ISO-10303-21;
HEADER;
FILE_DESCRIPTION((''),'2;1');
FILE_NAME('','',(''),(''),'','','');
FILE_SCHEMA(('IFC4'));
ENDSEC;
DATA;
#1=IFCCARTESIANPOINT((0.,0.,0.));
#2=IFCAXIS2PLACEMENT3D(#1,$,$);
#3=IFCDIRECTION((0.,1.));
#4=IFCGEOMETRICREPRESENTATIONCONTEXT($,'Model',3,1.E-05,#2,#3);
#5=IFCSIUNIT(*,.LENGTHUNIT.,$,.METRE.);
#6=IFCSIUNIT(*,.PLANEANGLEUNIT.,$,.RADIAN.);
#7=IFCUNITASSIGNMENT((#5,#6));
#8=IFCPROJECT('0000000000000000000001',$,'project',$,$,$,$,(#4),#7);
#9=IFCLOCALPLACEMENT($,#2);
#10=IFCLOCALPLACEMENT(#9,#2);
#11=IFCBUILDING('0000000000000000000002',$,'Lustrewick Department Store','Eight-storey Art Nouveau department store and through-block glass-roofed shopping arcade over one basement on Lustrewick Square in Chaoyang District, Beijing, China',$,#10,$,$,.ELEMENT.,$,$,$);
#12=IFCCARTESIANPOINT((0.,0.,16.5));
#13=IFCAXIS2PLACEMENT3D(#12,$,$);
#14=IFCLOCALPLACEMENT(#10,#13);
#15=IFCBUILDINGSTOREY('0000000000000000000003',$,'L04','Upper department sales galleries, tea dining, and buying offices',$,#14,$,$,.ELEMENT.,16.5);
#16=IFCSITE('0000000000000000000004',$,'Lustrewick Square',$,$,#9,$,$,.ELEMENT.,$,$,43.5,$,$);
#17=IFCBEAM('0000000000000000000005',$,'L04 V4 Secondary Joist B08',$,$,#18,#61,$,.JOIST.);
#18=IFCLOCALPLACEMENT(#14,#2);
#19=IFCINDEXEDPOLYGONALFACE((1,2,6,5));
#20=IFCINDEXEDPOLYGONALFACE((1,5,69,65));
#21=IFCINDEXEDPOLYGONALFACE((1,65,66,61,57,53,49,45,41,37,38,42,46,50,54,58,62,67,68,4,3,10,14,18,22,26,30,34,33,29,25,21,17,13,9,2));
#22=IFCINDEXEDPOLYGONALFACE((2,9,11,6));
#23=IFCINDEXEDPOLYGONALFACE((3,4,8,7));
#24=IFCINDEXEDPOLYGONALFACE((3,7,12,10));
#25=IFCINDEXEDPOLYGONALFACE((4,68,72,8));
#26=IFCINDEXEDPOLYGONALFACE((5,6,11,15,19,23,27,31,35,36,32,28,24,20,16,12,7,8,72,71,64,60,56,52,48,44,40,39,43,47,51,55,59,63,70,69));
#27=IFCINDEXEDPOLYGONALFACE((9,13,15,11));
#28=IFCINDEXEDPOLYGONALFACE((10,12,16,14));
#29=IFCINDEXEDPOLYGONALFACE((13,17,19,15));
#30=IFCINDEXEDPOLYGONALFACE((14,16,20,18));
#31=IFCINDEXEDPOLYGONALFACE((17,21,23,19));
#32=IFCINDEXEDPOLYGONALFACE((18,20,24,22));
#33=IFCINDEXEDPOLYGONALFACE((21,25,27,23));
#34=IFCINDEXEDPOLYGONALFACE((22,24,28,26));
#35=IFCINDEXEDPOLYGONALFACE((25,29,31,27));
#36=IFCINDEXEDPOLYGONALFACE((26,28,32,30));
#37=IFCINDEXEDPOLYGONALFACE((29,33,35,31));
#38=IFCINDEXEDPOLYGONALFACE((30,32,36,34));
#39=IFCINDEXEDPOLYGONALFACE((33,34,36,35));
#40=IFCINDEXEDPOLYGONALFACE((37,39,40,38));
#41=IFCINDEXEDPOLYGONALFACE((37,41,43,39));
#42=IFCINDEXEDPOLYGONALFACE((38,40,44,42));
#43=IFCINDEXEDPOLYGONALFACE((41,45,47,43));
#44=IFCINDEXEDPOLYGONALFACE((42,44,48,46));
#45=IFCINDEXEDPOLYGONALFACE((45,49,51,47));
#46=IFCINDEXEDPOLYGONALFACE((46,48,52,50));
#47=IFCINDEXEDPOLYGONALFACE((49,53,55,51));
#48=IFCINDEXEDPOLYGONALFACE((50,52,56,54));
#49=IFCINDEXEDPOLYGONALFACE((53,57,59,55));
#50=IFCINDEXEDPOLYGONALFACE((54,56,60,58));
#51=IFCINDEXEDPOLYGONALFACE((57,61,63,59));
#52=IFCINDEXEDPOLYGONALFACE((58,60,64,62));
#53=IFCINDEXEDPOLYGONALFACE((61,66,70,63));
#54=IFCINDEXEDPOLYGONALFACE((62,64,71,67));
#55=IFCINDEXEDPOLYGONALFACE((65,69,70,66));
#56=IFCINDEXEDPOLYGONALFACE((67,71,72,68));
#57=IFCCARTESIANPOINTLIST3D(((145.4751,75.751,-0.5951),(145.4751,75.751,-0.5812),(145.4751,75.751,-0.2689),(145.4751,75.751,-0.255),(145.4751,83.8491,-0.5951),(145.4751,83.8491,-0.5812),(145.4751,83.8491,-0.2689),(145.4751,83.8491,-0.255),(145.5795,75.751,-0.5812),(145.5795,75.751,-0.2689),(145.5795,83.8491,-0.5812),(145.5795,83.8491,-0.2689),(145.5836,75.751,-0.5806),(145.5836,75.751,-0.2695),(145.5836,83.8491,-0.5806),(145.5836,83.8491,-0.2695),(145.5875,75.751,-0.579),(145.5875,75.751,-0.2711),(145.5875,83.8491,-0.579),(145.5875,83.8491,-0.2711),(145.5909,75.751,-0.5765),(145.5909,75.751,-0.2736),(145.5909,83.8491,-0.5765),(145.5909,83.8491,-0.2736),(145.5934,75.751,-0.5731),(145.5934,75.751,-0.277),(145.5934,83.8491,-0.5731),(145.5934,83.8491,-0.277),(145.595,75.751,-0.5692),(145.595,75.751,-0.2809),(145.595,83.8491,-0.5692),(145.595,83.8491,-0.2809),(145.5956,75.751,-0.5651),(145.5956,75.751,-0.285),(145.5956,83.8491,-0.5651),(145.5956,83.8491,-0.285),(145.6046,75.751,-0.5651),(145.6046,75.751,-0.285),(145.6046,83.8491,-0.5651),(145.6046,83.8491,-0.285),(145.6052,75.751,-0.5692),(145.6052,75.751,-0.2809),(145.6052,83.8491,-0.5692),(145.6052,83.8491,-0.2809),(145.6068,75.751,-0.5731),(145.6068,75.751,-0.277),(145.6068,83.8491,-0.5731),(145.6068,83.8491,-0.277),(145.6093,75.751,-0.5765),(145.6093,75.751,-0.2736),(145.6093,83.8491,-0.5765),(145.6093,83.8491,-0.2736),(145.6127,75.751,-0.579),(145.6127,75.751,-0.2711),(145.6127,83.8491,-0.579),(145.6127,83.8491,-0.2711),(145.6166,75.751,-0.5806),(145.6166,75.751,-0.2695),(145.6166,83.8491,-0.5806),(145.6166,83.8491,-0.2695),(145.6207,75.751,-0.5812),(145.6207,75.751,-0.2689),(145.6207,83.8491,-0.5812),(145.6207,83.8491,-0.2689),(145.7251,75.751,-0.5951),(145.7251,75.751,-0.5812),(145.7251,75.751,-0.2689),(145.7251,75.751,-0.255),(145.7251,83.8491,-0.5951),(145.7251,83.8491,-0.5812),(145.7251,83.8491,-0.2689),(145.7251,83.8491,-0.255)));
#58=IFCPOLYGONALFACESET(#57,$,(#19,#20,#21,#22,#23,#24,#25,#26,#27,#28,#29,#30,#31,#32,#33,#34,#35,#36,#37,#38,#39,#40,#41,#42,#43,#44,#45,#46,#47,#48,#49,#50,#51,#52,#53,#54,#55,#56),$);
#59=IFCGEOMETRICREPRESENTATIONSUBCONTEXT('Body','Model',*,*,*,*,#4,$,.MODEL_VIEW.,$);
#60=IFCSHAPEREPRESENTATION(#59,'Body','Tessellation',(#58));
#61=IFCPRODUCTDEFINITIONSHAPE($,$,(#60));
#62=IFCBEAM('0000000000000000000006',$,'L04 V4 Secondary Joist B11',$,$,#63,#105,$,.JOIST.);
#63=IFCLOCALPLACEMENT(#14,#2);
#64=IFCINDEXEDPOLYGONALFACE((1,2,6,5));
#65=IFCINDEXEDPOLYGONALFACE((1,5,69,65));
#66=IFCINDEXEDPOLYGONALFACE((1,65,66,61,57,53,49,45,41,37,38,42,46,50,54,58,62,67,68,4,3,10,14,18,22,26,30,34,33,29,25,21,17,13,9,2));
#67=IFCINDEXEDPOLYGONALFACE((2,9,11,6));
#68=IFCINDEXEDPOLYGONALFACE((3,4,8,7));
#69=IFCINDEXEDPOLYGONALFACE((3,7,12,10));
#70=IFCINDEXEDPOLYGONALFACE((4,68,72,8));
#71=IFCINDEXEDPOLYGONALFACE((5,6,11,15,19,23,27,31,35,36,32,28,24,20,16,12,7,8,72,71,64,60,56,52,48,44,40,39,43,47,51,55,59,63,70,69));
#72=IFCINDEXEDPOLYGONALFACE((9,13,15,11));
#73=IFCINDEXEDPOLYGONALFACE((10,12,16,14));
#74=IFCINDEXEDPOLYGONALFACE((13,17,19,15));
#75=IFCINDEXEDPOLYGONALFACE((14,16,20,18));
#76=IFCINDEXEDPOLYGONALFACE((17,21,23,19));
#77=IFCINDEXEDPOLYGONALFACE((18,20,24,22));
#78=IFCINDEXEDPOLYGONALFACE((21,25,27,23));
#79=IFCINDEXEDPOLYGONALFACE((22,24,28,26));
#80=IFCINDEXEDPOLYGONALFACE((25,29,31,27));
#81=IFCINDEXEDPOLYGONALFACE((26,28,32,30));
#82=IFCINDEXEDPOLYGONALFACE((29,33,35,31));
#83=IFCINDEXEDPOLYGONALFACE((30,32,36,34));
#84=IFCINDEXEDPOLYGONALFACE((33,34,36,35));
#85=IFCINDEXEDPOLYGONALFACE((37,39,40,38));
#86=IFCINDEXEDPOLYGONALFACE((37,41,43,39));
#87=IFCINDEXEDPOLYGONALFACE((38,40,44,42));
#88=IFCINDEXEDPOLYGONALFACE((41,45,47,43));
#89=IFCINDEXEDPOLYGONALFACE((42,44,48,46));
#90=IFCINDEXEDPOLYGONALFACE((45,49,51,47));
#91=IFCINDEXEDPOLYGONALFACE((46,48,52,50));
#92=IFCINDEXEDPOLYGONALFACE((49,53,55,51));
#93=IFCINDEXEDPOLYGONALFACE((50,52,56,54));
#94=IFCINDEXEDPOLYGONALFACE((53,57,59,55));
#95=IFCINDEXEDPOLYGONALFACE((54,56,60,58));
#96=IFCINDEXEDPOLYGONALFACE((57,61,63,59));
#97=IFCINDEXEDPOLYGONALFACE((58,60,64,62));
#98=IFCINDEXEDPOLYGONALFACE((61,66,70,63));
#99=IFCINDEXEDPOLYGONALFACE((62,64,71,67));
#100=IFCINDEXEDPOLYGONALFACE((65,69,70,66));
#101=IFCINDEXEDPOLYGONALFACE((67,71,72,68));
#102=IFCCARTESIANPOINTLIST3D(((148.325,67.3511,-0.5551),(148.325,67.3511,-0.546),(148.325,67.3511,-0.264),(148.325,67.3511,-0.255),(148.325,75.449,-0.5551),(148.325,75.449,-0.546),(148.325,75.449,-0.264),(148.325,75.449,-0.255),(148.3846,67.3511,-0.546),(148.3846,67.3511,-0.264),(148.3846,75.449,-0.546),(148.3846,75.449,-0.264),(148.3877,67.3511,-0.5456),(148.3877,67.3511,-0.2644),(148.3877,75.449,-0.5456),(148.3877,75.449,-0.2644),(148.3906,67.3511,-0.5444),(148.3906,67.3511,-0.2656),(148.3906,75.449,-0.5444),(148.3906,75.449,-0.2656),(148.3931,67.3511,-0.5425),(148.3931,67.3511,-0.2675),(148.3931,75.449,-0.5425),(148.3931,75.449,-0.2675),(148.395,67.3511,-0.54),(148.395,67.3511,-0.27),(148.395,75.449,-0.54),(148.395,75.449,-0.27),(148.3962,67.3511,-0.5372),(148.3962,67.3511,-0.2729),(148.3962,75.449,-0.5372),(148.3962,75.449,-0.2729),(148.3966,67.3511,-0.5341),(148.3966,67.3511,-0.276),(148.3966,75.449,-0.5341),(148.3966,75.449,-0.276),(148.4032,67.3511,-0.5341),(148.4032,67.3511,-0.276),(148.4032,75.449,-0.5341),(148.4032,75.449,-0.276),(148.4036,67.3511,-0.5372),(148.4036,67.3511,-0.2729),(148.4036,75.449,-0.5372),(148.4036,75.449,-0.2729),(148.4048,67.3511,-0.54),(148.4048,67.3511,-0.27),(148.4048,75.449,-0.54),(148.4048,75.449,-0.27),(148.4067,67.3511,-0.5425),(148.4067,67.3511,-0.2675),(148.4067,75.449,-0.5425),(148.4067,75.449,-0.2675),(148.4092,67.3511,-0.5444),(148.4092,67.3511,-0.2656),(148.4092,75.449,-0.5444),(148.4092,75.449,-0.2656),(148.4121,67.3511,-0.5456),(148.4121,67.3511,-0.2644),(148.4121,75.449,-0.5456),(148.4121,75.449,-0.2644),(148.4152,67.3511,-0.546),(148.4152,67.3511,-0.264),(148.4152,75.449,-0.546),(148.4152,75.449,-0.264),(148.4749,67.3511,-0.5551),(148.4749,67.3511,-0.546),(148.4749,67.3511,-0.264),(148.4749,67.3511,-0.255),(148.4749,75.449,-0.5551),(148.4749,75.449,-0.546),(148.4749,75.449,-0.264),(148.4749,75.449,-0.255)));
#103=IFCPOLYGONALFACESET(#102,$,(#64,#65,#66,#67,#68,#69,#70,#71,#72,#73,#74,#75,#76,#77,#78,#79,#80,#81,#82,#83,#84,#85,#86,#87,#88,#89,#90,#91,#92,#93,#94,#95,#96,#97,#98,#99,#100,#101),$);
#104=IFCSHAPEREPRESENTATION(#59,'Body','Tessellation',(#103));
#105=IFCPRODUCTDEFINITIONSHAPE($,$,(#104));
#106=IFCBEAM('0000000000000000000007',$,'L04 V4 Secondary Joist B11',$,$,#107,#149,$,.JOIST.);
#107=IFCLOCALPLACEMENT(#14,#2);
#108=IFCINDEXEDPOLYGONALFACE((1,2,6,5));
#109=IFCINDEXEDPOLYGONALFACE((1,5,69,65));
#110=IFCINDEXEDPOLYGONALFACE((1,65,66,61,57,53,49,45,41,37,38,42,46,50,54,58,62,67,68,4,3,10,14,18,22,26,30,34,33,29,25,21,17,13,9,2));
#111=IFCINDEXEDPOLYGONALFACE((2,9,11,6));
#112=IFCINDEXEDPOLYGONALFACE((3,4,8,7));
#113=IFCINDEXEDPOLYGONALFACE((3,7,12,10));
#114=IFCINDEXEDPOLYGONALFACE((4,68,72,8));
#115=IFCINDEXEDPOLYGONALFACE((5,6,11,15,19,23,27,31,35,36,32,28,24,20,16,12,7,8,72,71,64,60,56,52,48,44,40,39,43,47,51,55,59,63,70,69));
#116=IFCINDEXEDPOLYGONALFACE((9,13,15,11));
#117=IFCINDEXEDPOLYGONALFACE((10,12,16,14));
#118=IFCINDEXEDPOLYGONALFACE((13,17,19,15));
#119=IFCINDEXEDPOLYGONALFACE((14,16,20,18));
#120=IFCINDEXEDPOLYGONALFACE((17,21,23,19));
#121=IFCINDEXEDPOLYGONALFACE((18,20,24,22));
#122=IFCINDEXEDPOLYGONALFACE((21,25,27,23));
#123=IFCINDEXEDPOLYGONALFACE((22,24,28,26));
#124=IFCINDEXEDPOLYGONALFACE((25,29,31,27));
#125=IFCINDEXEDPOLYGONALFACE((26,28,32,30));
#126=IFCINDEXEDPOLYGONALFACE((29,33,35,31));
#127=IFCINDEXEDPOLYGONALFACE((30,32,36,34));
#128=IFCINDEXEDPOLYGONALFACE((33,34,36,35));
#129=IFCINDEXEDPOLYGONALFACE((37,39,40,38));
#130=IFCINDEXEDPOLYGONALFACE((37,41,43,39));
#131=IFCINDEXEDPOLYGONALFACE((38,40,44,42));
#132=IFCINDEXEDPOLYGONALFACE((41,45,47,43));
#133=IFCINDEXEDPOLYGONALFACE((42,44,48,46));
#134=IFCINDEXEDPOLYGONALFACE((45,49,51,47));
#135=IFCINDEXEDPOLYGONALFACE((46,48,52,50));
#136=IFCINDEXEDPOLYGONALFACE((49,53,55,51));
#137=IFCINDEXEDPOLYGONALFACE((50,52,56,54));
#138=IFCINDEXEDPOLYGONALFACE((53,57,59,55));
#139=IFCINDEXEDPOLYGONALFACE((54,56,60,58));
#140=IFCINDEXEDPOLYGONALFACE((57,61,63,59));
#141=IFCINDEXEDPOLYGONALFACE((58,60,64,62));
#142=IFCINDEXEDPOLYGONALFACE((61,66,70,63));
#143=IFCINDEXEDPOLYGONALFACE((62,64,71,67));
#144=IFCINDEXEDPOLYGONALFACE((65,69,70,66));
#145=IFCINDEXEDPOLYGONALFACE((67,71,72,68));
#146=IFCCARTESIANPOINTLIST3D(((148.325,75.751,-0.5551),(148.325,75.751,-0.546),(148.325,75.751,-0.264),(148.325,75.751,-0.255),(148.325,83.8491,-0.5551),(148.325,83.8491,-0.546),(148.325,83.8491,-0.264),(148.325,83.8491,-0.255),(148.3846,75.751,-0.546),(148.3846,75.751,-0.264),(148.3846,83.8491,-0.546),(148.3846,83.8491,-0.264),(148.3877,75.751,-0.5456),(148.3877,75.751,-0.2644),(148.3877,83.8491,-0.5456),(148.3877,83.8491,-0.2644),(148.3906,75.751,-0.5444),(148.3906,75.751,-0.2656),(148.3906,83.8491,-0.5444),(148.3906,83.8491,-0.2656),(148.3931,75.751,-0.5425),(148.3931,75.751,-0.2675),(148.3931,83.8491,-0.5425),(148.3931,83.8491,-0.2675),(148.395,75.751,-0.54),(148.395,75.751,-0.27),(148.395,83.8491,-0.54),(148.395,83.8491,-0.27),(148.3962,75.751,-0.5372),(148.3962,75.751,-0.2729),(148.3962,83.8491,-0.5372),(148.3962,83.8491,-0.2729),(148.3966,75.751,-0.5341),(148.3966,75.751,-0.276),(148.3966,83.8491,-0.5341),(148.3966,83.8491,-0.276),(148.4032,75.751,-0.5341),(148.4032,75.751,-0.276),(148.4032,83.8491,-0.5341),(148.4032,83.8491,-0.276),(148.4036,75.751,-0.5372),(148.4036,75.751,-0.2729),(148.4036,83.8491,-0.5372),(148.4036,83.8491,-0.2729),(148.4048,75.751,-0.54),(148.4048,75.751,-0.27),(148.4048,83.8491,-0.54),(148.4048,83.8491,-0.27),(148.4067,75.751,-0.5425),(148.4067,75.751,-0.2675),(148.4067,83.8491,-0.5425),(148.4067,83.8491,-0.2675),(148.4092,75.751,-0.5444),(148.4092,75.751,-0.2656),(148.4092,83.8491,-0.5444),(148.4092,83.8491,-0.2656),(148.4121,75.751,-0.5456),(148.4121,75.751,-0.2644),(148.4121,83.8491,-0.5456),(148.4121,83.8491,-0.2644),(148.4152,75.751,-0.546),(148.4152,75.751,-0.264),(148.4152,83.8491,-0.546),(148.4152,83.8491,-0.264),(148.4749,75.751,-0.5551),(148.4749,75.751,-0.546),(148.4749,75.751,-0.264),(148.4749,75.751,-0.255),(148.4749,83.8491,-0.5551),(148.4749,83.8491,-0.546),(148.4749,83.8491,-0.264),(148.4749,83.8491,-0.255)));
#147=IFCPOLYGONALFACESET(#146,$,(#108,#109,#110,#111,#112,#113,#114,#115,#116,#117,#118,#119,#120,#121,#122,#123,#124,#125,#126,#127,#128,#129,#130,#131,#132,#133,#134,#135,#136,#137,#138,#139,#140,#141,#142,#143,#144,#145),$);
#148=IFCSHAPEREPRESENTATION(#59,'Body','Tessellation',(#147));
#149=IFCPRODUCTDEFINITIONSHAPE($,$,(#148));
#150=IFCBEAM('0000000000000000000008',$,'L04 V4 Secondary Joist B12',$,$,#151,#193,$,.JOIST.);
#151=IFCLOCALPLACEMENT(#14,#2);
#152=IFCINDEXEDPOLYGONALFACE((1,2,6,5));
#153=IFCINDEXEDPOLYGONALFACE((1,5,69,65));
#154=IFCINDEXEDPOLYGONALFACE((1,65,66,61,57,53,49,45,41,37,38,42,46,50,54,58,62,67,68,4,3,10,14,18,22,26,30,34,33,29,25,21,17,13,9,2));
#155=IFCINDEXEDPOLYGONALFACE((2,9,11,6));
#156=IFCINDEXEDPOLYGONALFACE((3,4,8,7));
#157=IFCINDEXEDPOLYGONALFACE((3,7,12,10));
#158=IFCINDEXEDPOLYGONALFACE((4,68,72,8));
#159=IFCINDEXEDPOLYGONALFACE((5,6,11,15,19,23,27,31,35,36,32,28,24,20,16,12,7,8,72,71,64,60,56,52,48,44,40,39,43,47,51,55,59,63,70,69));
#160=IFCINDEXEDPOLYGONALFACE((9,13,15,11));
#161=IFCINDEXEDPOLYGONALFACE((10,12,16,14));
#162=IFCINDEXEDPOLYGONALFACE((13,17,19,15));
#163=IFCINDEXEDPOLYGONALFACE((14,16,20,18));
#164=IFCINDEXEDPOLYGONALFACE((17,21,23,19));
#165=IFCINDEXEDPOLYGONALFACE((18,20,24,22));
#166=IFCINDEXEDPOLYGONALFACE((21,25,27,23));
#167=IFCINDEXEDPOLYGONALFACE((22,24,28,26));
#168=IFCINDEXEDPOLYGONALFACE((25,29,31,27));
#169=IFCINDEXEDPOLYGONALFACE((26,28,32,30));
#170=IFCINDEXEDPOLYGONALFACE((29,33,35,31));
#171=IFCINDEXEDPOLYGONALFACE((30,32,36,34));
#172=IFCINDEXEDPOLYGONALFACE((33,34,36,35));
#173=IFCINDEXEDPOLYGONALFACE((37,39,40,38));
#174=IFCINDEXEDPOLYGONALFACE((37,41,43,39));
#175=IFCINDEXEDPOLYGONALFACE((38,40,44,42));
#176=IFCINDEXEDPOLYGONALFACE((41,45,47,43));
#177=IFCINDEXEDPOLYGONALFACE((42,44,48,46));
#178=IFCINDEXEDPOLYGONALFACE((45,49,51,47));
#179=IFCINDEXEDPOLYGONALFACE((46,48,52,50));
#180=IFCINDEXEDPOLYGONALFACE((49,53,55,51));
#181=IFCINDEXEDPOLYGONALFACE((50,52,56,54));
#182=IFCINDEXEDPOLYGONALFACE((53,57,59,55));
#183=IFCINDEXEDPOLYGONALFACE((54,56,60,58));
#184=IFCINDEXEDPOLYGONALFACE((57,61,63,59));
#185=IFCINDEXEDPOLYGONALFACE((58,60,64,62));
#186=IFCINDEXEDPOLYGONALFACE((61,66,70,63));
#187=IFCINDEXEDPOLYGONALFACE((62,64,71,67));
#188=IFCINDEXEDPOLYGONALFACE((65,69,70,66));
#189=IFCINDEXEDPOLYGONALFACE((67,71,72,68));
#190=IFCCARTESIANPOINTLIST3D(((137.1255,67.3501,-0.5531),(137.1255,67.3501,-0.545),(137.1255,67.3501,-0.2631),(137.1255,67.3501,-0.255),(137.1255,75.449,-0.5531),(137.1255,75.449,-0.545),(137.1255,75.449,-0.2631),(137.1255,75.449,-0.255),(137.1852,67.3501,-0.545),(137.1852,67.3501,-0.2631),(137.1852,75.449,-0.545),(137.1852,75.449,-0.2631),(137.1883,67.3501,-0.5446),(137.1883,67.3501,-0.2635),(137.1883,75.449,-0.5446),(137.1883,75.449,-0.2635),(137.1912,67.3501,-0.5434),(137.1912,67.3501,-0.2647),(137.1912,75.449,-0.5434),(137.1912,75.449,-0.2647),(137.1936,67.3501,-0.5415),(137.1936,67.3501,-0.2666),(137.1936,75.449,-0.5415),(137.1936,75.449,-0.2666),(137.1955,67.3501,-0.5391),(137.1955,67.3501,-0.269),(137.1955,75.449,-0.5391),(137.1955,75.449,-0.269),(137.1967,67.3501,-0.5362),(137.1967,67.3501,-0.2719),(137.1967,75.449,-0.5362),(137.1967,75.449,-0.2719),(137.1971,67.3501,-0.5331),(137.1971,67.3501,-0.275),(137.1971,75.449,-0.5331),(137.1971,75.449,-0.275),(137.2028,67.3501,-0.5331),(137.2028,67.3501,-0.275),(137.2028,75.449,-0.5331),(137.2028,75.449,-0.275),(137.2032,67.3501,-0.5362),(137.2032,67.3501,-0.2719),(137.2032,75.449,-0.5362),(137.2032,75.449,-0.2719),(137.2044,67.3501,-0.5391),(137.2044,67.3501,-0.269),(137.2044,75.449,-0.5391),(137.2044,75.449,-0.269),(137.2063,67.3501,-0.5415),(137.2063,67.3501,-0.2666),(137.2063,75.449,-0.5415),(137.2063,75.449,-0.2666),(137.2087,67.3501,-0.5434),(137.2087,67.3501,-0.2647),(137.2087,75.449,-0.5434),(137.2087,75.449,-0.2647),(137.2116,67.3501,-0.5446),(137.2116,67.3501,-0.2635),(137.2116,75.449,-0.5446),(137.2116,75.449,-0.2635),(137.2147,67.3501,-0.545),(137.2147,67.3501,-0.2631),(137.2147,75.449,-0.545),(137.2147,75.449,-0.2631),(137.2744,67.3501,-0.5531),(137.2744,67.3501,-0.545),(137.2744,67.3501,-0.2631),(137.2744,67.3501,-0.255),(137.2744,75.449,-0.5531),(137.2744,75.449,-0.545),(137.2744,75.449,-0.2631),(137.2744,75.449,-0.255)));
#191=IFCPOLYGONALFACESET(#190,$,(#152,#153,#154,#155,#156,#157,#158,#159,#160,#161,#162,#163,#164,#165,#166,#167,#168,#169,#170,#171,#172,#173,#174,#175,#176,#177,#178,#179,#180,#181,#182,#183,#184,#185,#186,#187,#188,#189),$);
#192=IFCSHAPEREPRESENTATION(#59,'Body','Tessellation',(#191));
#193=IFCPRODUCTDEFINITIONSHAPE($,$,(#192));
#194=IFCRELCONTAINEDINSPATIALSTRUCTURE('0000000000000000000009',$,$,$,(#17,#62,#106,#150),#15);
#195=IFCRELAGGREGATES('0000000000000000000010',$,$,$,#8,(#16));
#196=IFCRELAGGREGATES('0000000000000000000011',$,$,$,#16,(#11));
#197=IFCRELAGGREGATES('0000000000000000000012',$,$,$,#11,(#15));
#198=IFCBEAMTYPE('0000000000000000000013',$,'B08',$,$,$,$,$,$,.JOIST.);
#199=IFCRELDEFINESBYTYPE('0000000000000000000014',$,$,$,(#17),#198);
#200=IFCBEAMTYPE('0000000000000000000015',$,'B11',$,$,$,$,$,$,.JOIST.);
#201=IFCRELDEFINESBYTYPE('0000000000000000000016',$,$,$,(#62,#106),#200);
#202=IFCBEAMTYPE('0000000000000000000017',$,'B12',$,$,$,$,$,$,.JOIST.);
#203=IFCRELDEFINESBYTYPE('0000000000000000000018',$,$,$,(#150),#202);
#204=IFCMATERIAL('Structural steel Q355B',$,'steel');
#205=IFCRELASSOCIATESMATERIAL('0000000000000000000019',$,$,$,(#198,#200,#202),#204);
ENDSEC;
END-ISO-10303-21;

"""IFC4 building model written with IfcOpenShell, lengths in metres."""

from ifc_helpers import new_model, si_unit, direction, frame, origin, origin_2d, place, context, subcontext, project, spatial, i_section, extrude, material, material_profile, profile_set, type_object, element, save


model = new_model("IFC4")

# Units and contexts
model_context = context("Model", 3, precision=1e-05, world=origin(), true_north=direction((0.0, 1.0)))
body_context = subcontext(model_context, "Body", "Model", "MODEL_VIEW")
ifc_project = project(units=[si_unit("LENGTHUNIT", "METRE"), si_unit("PLANEANGLEUNIT", "RADIAN")], contexts=[model_context])

# Site, building, storey
site_placement = place(None, origin())
site = spatial("IfcSite", under=ifc_project, at=site_placement, Name="Lustrewick Square", CompositionType="ELEMENT", RefElevation=43.5)
building_placement = place(site_placement, origin())
building = spatial("IfcBuilding", under=site, at=building_placement, Name="Lustrewick Department Store", Description="Eight-storey Art Nouveau department store and through-block glass-roofed shopping arcade over one basement on Lustrewick Square in Chaoyang District, Beijing, China", CompositionType="ELEMENT")
storey_placement = place(building_placement, frame((0.0, 0.0, 16.5)))
storey = spatial("IfcBuildingStorey", under=building, at=storey_placement, Name="L04", Description="Upper department sales galleries, tea dining, and buying offices", CompositionType="ELEMENT", Elevation=16.5)

# Shared definitions
ifc_material_1 = material(Name="Structural steel Q355B", Category="steel")

# Beams
ifc_material_profile_1 = material_profile(ifc_material_1, i_section(OverallWidth=0.25, OverallDepth=0.3401, WebThickness=0.009, FlangeThickness=0.0139, FilletRadius=0.0161, at=origin_2d()), Name="HM 340x250x9x14")
ifc_profile_set_1 = profile_set([ifc_material_profile_1], Name="Structural steel Q355B")
beam_type_1 = type_object("IfcBeamType", Name="B08", PredefinedType="JOIST", material=ifc_profile_set_1)
beam_1_placement = place(storey_placement, frame((145.6001, 75.751, -0.425), z_axis=(0.0, 1.0, 0.0), x_axis=(-1.0, 0.0, 0.0)))
element("IfcBeam", 1, at=beam_1_placement, inside=storey, type_object=beam_type_1, Name="L04 V4 Secondary Joist B08", PredefinedType="JOIST", context=body_context, shape_type="SweptSolid", body=[
    extrude(i_section(OverallWidth=0.25, OverallDepth=0.3401, WebThickness=0.009, FlangeThickness=0.0139, FilletRadius=0.0161, at=origin_2d()), origin(), (0.0, 0.0, 1.0), 8.0981),
])
ifc_material_profile_2 = material_profile(ifc_material_1, i_section(OverallWidth=0.1499, OverallDepth=0.3, WebThickness=0.0066, FlangeThickness=0.009, FilletRadius=0.012, at=origin_2d()), Name="HN 300x150x6.5x9")
ifc_profile_set_2 = profile_set([ifc_material_profile_2], Name="Structural steel Q355B")
beam_type_2 = type_object("IfcBeamType", Name="B11", PredefinedType="JOIST", material=ifc_profile_set_2)
beam_2_placement = place(storey_placement, frame((148.3999, 67.3511, -0.405), z_axis=(0.0, 1.0, 0.0), x_axis=(-1.0, 0.0, 0.0)))
element("IfcBeam", 2, at=beam_2_placement, inside=storey, type_object=beam_type_2, Name="L04 V4 Secondary Joist B11", PredefinedType="JOIST", context=body_context, shape_type="SweptSolid", body=[
    extrude(i_section(OverallWidth=0.1499, OverallDepth=0.3, WebThickness=0.0066, FlangeThickness=0.009, FilletRadius=0.012, at=origin_2d()), origin(), (0.0, 0.0, 1.0), 8.0979),
])
beam_3_placement = place(storey_placement, frame((148.3999, 75.751, -0.405), z_axis=(0.0, 1.0, 0.0), x_axis=(-1.0, 0.0, 0.0)))
element("IfcBeam", 3, at=beam_3_placement, inside=storey, type_object=beam_type_2, Name="L04 V4 Secondary Joist B11", PredefinedType="JOIST", context=body_context, shape_type="SweptSolid", body=[
    extrude(i_section(OverallWidth=0.1499, OverallDepth=0.3, WebThickness=0.0066, FlangeThickness=0.009, FilletRadius=0.012, at=origin_2d()), origin(), (0.0, 0.0, 1.0), 8.0981),
])
ifc_material_profile_3 = material_profile(ifc_material_1, i_section(OverallWidth=0.1489, OverallDepth=0.2981, WebThickness=0.0056, FlangeThickness=0.0081, FilletRadius=0.012, at=origin_2d()), Name="HN 298x149x5.5x8")
ifc_profile_set_3 = profile_set([ifc_material_profile_3], Name="Structural steel Q355B")
beam_type_3 = type_object("IfcBeamType", Name="B12", PredefinedType="JOIST", material=ifc_profile_set_3)
beam_4_placement = place(storey_placement, frame((137.2, 67.3501, -0.4041), z_axis=(0.0, 1.0, 0.0), x_axis=(-1.0, 0.0, 0.0)))
element("IfcBeam", 4, at=beam_4_placement, inside=storey, type_object=beam_type_3, Name="L04 V4 Secondary Joist B12", PredefinedType="JOIST", context=body_context, shape_type="SweptSolid", body=[
    extrude(i_section(OverallWidth=0.1489, OverallDepth=0.2981, WebThickness=0.0056, FlangeThickness=0.0081, FilletRadius=0.012, at=origin_2d()), origin(), (0.0, 0.0, 1.0), 8.0989),
])

save(model, "model.ifc")
